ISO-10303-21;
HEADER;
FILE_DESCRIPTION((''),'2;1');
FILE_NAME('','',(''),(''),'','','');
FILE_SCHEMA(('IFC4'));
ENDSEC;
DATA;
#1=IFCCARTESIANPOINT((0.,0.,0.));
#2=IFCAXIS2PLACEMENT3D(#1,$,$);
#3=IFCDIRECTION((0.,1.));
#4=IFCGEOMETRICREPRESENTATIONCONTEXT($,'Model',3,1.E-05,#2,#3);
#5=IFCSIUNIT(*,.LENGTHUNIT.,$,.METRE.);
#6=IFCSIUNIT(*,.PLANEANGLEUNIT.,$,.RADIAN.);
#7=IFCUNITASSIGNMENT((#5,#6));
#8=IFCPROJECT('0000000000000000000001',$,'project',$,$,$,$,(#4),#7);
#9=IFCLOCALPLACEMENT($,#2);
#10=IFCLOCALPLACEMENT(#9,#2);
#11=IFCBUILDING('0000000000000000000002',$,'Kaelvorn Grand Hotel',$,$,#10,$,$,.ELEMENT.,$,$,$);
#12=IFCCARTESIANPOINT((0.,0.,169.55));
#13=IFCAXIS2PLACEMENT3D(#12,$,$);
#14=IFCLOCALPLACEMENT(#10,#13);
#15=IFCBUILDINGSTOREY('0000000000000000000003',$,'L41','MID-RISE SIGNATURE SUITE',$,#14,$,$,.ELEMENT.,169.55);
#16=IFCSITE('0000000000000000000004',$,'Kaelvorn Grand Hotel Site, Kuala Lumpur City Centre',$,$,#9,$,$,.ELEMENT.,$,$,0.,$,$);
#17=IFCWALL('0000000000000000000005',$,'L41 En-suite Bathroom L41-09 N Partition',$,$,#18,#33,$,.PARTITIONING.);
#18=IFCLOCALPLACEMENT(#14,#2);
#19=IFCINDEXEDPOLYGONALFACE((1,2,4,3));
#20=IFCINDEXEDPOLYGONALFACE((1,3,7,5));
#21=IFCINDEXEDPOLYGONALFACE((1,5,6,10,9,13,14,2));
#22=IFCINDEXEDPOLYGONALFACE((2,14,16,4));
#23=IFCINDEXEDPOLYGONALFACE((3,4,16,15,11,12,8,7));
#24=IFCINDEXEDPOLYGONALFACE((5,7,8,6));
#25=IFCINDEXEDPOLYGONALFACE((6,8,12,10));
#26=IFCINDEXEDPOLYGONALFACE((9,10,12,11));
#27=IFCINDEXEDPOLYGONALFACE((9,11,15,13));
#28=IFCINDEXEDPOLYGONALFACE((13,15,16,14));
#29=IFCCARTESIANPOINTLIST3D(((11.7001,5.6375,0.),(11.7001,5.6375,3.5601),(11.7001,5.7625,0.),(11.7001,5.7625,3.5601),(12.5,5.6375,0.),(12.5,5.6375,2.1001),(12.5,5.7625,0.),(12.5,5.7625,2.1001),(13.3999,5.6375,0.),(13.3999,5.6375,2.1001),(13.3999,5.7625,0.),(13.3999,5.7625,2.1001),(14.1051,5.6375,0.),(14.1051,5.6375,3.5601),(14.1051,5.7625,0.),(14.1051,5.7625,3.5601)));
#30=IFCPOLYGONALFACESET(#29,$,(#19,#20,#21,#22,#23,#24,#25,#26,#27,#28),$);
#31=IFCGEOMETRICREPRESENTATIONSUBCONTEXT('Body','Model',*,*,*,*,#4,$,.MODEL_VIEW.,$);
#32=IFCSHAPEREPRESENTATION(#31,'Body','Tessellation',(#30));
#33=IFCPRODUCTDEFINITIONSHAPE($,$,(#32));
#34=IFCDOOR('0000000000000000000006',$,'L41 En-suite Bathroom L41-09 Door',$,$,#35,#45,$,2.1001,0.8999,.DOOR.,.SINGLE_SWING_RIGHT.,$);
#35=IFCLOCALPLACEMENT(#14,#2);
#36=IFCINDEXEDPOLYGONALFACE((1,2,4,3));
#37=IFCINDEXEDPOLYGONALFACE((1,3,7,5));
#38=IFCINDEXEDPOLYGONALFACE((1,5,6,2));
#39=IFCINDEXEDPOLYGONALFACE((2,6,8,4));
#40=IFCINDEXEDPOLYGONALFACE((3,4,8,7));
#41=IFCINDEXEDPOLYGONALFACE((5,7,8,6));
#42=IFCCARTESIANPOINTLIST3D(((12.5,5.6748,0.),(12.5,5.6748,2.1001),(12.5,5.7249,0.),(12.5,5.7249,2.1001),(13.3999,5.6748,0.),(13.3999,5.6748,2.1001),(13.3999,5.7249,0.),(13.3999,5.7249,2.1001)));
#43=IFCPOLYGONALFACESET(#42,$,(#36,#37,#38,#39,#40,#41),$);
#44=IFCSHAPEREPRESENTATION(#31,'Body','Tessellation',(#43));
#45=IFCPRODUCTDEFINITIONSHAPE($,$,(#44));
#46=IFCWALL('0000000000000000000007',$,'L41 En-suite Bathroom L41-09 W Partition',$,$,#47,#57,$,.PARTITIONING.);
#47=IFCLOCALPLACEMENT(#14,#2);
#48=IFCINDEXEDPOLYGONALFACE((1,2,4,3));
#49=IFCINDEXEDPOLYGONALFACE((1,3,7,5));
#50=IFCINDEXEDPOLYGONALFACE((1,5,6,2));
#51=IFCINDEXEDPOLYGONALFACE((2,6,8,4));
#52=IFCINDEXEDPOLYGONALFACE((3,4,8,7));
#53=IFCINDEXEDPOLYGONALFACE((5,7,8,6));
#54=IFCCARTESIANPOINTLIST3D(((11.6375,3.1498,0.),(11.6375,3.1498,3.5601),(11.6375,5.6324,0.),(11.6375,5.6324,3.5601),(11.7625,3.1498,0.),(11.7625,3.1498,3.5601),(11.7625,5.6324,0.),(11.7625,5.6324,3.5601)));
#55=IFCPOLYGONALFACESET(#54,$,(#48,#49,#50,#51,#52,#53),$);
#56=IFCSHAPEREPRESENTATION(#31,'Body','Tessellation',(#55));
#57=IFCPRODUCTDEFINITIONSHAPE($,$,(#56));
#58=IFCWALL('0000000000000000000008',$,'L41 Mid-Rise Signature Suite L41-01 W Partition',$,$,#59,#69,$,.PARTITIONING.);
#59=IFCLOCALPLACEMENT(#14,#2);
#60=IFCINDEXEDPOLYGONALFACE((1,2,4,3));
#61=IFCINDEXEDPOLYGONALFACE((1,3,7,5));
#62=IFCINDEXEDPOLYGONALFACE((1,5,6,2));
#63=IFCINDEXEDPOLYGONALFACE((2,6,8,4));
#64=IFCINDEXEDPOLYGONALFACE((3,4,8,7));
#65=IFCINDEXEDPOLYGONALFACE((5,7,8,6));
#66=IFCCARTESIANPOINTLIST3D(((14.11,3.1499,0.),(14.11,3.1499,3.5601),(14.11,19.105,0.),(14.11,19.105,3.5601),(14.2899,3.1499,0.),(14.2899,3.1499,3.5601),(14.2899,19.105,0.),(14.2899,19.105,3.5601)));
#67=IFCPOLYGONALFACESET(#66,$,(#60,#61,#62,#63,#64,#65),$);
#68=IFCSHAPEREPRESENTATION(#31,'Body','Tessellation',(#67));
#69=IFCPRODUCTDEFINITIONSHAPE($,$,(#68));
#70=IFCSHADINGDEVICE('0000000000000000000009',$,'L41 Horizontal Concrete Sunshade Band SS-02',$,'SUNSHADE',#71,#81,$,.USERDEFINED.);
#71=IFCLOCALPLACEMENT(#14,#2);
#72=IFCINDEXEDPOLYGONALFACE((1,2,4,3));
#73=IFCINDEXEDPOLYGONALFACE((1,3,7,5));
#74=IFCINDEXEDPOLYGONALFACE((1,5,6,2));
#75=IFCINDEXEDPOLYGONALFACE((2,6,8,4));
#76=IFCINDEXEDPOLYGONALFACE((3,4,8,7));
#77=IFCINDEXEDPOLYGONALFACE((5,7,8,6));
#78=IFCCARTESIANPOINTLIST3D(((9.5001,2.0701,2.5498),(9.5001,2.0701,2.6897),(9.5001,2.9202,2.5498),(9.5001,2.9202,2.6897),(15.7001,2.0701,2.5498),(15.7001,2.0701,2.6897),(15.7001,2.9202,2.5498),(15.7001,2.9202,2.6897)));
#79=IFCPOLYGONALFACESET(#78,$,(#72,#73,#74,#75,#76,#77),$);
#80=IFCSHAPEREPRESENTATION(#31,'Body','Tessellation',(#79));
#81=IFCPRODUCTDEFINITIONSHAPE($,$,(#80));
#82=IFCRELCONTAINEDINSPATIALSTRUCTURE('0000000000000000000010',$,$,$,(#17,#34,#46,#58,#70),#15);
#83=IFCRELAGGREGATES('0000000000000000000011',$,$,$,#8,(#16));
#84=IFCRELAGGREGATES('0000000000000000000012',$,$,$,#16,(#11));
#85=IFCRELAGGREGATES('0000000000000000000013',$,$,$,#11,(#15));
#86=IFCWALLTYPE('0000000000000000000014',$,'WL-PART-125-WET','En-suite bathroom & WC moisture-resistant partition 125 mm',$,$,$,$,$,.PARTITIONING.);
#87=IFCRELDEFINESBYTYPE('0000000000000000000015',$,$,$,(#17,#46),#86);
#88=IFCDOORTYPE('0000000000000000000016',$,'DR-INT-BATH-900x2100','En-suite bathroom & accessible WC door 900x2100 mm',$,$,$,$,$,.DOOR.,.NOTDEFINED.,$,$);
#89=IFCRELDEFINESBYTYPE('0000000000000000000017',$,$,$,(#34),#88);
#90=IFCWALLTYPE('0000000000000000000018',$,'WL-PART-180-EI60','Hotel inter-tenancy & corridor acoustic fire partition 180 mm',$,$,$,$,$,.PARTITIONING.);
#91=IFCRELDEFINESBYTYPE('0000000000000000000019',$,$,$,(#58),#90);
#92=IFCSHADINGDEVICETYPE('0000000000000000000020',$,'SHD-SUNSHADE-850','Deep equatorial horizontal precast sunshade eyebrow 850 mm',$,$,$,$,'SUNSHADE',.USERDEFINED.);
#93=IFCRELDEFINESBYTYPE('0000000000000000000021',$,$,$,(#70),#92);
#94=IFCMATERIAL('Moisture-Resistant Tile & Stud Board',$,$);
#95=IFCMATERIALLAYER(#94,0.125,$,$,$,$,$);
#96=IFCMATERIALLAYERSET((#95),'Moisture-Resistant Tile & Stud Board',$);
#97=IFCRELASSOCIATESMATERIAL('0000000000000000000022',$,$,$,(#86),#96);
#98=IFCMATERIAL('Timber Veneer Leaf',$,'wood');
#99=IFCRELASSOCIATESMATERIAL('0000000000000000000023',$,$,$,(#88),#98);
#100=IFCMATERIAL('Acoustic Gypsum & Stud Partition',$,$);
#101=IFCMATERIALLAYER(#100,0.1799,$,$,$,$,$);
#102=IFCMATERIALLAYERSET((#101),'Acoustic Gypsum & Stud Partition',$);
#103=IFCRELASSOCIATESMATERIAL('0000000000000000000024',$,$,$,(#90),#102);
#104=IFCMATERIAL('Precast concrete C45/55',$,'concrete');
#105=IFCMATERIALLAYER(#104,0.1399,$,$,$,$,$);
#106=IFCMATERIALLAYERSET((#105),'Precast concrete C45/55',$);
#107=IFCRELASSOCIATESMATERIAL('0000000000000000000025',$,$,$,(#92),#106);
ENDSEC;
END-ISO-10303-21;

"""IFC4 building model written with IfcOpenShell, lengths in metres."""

from ifc_helpers import new_model, si_unit, direction, frame, frame_2d, origin, origin_2d, place, context, subcontext, project, spatial, rectangle, extrude, material, layer, layer_set, type_object, element, fill, save


model = new_model("IFC4")

# Units and contexts
model_context = context("Model", 3, precision=1e-05, world=origin(), true_north=direction((0.0, 1.0)))
body_context = subcontext(model_context, "Body", "Model", "MODEL_VIEW")
ifc_project = project(units=[si_unit("LENGTHUNIT", "METRE"), si_unit("PLANEANGLEUNIT", "RADIAN")], contexts=[model_context])

# Site, building, storey
site_placement = place(None, origin())
site = spatial("IfcSite", under=ifc_project, at=site_placement, Name="Kaelvorn Grand Hotel Site, Kuala Lumpur City Centre", CompositionType="ELEMENT", RefElevation=0.0)
building_placement = place(site_placement, origin())
building = spatial("IfcBuilding", under=site, at=building_placement, Name="Kaelvorn Grand Hotel", CompositionType="ELEMENT")
storey_placement = place(building_placement, frame((0.0, 0.0, 169.55)))
storey = spatial("IfcBuildingStorey", under=building, at=storey_placement, Name="L41", Description="MID-RISE SIGNATURE SUITE", CompositionType="ELEMENT", Elevation=169.55)

# Wall, opening, door
ifc_material_1 = material(Name="Moisture-Resistant Tile & Stud Board")
ifc_layer_1 = layer(ifc_material_1, 0.125)
ifc_layer_set_1 = layer_set([ifc_layer_1], Name="Moisture-Resistant Tile & Stud Board")
wall_type_1 = type_object("IfcWallType", Name="WL-PART-125-WET", Description="En-suite bathroom & WC moisture-resistant partition 125 mm", PredefinedType="PARTITIONING", material=ifc_layer_set_1)
wall_1_placement = place(storey_placement, frame((11.7, 5.7, 0.0), z_axis=(0.0, 0.0, 1.0), x_axis=(1.0, 0.0, 0.0)))
wall_1 = element("IfcWall", 1, at=wall_1_placement, inside=storey, type_object=wall_type_1, Name="L41 En-suite Bathroom L41-09 N Partition", PredefinedType="PARTITIONING", context=body_context, shape_type="SweptSolid", body=[
    extrude(rectangle(XDim=2.405, YDim=0.125, at=frame_2d((1.2026, 0.0))), origin(), (0.0, 0.0, 1.0), 3.5601),
])
opening_1_placement = place(wall_1_placement, frame((0.8, 0.0, 0.0)))
opening_1 = element("IfcOpeningElement", 2, at=opening_1_placement, cuts=wall_1, PredefinedType="OPENING", context=body_context, shape_type="SweptSolid", body=[
    extrude(rectangle(XDim=0.8999, YDim=2.1001, at=frame_2d((0.45, 1.05))), frame((0.0, 0.0725, 0.0), z_axis=(0.0, -1.0, 0.0), x_axis=(1.0, 0.0, 0.0)), (0.0, 0.0, 1.0), 0.145),
])
ifc_material_2 = material(Name="Timber Veneer Leaf", Category="wood")
door_type_1 = type_object("IfcDoorType", Name="DR-INT-BATH-900x2100", Description="En-suite bathroom & accessible WC door 900x2100 mm", OperationType="NOTDEFINED", PredefinedType="DOOR", material=ifc_material_2)
door_1_placement = place(opening_1_placement, origin())
door_1 = element("IfcDoor", 3, at=door_1_placement, inside=storey, type_object=door_type_1, Name="L41 En-suite Bathroom L41-09 Door", OperationType="SINGLE_SWING_RIGHT", OverallHeight=2.1001, OverallWidth=0.8999, PredefinedType="DOOR", context=body_context, shape_type="SweptSolid", body=[
    extrude(rectangle(XDim=0.8999, YDim=2.1001, at=frame_2d((0.45, 1.05))), frame((0.0, 0.0249, 0.0), z_axis=(0.0, -1.0, 0.0), x_axis=(1.0, 0.0, 0.0)), (0.0, 0.0, 1.0), 0.05),
])
fill(opening_1, door_1)

# Walls
wall_2_placement = place(storey_placement, frame((11.7, 3.1499, 0.0), z_axis=(0.0, 0.0, 1.0), x_axis=(0.0, 1.0, 0.0)))
element("IfcWall", 4, at=wall_2_placement, inside=storey, type_object=wall_type_1, Name="L41 En-suite Bathroom L41-09 W Partition", PredefinedType="PARTITIONING", context=body_context, shape_type="SweptSolid", body=[
    extrude(rectangle(XDim=2.4827, YDim=0.125, at=frame_2d((1.2412, 0.0))), origin(), (0.0, 0.0, 1.0), 3.5601),
])
ifc_material_3 = material(Name="Acoustic Gypsum & Stud Partition")
ifc_layer_2 = layer(ifc_material_3, 0.1799)
ifc_layer_set_2 = layer_set([ifc_layer_2], Name="Acoustic Gypsum & Stud Partition")
wall_type_2 = type_object("IfcWallType", Name="WL-PART-180-EI60", Description="Hotel inter-tenancy & corridor acoustic fire partition 180 mm", PredefinedType="PARTITIONING", material=ifc_layer_set_2)
wall_3_placement = place(storey_placement, frame((14.2, 3.1499, 0.0), z_axis=(0.0, 0.0, 1.0), x_axis=(0.0, 1.0, 0.0)))
element("IfcWall", 5, at=wall_3_placement, inside=storey, type_object=wall_type_2, Name="L41 Mid-Rise Signature Suite L41-01 W Partition", PredefinedType="PARTITIONING", context=body_context, shape_type="SweptSolid", body=[
    extrude(rectangle(XDim=15.9551, YDim=0.1799, at=frame_2d((7.9775, 0.0))), origin(), (0.0, 0.0, 1.0), 3.5601),
])

# Shading device
ifc_material_4 = material(Name="Precast concrete C45/55", Category="concrete")
ifc_layer_3 = layer(ifc_material_4, 0.1399)
ifc_layer_set_3 = layer_set([ifc_layer_3], Name="Precast concrete C45/55")
shading_device_type = type_object("IfcShadingDeviceType", Name="SHD-SUNSHADE-850", Description="Deep equatorial horizontal precast sunshade eyebrow 850 mm", ElementType="SUNSHADE", PredefinedType="USERDEFINED", material=ifc_layer_set_3)
shading_device_placement = place(storey_placement, frame((12.6001, 2.4951, 2.5498), z_axis=(0.0, 0.0, 1.0), x_axis=(1.0, 0.0, 0.0)))
element("IfcShadingDevice", 6, at=shading_device_placement, inside=storey, type_object=shading_device_type, Name="L41 Horizontal Concrete Sunshade Band SS-02", ObjectType="SUNSHADE", PredefinedType="USERDEFINED", context=body_context, shape_type="SweptSolid", body=[
    extrude(rectangle(XDim=6.2, YDim=0.8501, at=origin_2d()), origin(), (0.0, 0.0, 1.0), 0.1399),
])

save(model, "model.ifc")
